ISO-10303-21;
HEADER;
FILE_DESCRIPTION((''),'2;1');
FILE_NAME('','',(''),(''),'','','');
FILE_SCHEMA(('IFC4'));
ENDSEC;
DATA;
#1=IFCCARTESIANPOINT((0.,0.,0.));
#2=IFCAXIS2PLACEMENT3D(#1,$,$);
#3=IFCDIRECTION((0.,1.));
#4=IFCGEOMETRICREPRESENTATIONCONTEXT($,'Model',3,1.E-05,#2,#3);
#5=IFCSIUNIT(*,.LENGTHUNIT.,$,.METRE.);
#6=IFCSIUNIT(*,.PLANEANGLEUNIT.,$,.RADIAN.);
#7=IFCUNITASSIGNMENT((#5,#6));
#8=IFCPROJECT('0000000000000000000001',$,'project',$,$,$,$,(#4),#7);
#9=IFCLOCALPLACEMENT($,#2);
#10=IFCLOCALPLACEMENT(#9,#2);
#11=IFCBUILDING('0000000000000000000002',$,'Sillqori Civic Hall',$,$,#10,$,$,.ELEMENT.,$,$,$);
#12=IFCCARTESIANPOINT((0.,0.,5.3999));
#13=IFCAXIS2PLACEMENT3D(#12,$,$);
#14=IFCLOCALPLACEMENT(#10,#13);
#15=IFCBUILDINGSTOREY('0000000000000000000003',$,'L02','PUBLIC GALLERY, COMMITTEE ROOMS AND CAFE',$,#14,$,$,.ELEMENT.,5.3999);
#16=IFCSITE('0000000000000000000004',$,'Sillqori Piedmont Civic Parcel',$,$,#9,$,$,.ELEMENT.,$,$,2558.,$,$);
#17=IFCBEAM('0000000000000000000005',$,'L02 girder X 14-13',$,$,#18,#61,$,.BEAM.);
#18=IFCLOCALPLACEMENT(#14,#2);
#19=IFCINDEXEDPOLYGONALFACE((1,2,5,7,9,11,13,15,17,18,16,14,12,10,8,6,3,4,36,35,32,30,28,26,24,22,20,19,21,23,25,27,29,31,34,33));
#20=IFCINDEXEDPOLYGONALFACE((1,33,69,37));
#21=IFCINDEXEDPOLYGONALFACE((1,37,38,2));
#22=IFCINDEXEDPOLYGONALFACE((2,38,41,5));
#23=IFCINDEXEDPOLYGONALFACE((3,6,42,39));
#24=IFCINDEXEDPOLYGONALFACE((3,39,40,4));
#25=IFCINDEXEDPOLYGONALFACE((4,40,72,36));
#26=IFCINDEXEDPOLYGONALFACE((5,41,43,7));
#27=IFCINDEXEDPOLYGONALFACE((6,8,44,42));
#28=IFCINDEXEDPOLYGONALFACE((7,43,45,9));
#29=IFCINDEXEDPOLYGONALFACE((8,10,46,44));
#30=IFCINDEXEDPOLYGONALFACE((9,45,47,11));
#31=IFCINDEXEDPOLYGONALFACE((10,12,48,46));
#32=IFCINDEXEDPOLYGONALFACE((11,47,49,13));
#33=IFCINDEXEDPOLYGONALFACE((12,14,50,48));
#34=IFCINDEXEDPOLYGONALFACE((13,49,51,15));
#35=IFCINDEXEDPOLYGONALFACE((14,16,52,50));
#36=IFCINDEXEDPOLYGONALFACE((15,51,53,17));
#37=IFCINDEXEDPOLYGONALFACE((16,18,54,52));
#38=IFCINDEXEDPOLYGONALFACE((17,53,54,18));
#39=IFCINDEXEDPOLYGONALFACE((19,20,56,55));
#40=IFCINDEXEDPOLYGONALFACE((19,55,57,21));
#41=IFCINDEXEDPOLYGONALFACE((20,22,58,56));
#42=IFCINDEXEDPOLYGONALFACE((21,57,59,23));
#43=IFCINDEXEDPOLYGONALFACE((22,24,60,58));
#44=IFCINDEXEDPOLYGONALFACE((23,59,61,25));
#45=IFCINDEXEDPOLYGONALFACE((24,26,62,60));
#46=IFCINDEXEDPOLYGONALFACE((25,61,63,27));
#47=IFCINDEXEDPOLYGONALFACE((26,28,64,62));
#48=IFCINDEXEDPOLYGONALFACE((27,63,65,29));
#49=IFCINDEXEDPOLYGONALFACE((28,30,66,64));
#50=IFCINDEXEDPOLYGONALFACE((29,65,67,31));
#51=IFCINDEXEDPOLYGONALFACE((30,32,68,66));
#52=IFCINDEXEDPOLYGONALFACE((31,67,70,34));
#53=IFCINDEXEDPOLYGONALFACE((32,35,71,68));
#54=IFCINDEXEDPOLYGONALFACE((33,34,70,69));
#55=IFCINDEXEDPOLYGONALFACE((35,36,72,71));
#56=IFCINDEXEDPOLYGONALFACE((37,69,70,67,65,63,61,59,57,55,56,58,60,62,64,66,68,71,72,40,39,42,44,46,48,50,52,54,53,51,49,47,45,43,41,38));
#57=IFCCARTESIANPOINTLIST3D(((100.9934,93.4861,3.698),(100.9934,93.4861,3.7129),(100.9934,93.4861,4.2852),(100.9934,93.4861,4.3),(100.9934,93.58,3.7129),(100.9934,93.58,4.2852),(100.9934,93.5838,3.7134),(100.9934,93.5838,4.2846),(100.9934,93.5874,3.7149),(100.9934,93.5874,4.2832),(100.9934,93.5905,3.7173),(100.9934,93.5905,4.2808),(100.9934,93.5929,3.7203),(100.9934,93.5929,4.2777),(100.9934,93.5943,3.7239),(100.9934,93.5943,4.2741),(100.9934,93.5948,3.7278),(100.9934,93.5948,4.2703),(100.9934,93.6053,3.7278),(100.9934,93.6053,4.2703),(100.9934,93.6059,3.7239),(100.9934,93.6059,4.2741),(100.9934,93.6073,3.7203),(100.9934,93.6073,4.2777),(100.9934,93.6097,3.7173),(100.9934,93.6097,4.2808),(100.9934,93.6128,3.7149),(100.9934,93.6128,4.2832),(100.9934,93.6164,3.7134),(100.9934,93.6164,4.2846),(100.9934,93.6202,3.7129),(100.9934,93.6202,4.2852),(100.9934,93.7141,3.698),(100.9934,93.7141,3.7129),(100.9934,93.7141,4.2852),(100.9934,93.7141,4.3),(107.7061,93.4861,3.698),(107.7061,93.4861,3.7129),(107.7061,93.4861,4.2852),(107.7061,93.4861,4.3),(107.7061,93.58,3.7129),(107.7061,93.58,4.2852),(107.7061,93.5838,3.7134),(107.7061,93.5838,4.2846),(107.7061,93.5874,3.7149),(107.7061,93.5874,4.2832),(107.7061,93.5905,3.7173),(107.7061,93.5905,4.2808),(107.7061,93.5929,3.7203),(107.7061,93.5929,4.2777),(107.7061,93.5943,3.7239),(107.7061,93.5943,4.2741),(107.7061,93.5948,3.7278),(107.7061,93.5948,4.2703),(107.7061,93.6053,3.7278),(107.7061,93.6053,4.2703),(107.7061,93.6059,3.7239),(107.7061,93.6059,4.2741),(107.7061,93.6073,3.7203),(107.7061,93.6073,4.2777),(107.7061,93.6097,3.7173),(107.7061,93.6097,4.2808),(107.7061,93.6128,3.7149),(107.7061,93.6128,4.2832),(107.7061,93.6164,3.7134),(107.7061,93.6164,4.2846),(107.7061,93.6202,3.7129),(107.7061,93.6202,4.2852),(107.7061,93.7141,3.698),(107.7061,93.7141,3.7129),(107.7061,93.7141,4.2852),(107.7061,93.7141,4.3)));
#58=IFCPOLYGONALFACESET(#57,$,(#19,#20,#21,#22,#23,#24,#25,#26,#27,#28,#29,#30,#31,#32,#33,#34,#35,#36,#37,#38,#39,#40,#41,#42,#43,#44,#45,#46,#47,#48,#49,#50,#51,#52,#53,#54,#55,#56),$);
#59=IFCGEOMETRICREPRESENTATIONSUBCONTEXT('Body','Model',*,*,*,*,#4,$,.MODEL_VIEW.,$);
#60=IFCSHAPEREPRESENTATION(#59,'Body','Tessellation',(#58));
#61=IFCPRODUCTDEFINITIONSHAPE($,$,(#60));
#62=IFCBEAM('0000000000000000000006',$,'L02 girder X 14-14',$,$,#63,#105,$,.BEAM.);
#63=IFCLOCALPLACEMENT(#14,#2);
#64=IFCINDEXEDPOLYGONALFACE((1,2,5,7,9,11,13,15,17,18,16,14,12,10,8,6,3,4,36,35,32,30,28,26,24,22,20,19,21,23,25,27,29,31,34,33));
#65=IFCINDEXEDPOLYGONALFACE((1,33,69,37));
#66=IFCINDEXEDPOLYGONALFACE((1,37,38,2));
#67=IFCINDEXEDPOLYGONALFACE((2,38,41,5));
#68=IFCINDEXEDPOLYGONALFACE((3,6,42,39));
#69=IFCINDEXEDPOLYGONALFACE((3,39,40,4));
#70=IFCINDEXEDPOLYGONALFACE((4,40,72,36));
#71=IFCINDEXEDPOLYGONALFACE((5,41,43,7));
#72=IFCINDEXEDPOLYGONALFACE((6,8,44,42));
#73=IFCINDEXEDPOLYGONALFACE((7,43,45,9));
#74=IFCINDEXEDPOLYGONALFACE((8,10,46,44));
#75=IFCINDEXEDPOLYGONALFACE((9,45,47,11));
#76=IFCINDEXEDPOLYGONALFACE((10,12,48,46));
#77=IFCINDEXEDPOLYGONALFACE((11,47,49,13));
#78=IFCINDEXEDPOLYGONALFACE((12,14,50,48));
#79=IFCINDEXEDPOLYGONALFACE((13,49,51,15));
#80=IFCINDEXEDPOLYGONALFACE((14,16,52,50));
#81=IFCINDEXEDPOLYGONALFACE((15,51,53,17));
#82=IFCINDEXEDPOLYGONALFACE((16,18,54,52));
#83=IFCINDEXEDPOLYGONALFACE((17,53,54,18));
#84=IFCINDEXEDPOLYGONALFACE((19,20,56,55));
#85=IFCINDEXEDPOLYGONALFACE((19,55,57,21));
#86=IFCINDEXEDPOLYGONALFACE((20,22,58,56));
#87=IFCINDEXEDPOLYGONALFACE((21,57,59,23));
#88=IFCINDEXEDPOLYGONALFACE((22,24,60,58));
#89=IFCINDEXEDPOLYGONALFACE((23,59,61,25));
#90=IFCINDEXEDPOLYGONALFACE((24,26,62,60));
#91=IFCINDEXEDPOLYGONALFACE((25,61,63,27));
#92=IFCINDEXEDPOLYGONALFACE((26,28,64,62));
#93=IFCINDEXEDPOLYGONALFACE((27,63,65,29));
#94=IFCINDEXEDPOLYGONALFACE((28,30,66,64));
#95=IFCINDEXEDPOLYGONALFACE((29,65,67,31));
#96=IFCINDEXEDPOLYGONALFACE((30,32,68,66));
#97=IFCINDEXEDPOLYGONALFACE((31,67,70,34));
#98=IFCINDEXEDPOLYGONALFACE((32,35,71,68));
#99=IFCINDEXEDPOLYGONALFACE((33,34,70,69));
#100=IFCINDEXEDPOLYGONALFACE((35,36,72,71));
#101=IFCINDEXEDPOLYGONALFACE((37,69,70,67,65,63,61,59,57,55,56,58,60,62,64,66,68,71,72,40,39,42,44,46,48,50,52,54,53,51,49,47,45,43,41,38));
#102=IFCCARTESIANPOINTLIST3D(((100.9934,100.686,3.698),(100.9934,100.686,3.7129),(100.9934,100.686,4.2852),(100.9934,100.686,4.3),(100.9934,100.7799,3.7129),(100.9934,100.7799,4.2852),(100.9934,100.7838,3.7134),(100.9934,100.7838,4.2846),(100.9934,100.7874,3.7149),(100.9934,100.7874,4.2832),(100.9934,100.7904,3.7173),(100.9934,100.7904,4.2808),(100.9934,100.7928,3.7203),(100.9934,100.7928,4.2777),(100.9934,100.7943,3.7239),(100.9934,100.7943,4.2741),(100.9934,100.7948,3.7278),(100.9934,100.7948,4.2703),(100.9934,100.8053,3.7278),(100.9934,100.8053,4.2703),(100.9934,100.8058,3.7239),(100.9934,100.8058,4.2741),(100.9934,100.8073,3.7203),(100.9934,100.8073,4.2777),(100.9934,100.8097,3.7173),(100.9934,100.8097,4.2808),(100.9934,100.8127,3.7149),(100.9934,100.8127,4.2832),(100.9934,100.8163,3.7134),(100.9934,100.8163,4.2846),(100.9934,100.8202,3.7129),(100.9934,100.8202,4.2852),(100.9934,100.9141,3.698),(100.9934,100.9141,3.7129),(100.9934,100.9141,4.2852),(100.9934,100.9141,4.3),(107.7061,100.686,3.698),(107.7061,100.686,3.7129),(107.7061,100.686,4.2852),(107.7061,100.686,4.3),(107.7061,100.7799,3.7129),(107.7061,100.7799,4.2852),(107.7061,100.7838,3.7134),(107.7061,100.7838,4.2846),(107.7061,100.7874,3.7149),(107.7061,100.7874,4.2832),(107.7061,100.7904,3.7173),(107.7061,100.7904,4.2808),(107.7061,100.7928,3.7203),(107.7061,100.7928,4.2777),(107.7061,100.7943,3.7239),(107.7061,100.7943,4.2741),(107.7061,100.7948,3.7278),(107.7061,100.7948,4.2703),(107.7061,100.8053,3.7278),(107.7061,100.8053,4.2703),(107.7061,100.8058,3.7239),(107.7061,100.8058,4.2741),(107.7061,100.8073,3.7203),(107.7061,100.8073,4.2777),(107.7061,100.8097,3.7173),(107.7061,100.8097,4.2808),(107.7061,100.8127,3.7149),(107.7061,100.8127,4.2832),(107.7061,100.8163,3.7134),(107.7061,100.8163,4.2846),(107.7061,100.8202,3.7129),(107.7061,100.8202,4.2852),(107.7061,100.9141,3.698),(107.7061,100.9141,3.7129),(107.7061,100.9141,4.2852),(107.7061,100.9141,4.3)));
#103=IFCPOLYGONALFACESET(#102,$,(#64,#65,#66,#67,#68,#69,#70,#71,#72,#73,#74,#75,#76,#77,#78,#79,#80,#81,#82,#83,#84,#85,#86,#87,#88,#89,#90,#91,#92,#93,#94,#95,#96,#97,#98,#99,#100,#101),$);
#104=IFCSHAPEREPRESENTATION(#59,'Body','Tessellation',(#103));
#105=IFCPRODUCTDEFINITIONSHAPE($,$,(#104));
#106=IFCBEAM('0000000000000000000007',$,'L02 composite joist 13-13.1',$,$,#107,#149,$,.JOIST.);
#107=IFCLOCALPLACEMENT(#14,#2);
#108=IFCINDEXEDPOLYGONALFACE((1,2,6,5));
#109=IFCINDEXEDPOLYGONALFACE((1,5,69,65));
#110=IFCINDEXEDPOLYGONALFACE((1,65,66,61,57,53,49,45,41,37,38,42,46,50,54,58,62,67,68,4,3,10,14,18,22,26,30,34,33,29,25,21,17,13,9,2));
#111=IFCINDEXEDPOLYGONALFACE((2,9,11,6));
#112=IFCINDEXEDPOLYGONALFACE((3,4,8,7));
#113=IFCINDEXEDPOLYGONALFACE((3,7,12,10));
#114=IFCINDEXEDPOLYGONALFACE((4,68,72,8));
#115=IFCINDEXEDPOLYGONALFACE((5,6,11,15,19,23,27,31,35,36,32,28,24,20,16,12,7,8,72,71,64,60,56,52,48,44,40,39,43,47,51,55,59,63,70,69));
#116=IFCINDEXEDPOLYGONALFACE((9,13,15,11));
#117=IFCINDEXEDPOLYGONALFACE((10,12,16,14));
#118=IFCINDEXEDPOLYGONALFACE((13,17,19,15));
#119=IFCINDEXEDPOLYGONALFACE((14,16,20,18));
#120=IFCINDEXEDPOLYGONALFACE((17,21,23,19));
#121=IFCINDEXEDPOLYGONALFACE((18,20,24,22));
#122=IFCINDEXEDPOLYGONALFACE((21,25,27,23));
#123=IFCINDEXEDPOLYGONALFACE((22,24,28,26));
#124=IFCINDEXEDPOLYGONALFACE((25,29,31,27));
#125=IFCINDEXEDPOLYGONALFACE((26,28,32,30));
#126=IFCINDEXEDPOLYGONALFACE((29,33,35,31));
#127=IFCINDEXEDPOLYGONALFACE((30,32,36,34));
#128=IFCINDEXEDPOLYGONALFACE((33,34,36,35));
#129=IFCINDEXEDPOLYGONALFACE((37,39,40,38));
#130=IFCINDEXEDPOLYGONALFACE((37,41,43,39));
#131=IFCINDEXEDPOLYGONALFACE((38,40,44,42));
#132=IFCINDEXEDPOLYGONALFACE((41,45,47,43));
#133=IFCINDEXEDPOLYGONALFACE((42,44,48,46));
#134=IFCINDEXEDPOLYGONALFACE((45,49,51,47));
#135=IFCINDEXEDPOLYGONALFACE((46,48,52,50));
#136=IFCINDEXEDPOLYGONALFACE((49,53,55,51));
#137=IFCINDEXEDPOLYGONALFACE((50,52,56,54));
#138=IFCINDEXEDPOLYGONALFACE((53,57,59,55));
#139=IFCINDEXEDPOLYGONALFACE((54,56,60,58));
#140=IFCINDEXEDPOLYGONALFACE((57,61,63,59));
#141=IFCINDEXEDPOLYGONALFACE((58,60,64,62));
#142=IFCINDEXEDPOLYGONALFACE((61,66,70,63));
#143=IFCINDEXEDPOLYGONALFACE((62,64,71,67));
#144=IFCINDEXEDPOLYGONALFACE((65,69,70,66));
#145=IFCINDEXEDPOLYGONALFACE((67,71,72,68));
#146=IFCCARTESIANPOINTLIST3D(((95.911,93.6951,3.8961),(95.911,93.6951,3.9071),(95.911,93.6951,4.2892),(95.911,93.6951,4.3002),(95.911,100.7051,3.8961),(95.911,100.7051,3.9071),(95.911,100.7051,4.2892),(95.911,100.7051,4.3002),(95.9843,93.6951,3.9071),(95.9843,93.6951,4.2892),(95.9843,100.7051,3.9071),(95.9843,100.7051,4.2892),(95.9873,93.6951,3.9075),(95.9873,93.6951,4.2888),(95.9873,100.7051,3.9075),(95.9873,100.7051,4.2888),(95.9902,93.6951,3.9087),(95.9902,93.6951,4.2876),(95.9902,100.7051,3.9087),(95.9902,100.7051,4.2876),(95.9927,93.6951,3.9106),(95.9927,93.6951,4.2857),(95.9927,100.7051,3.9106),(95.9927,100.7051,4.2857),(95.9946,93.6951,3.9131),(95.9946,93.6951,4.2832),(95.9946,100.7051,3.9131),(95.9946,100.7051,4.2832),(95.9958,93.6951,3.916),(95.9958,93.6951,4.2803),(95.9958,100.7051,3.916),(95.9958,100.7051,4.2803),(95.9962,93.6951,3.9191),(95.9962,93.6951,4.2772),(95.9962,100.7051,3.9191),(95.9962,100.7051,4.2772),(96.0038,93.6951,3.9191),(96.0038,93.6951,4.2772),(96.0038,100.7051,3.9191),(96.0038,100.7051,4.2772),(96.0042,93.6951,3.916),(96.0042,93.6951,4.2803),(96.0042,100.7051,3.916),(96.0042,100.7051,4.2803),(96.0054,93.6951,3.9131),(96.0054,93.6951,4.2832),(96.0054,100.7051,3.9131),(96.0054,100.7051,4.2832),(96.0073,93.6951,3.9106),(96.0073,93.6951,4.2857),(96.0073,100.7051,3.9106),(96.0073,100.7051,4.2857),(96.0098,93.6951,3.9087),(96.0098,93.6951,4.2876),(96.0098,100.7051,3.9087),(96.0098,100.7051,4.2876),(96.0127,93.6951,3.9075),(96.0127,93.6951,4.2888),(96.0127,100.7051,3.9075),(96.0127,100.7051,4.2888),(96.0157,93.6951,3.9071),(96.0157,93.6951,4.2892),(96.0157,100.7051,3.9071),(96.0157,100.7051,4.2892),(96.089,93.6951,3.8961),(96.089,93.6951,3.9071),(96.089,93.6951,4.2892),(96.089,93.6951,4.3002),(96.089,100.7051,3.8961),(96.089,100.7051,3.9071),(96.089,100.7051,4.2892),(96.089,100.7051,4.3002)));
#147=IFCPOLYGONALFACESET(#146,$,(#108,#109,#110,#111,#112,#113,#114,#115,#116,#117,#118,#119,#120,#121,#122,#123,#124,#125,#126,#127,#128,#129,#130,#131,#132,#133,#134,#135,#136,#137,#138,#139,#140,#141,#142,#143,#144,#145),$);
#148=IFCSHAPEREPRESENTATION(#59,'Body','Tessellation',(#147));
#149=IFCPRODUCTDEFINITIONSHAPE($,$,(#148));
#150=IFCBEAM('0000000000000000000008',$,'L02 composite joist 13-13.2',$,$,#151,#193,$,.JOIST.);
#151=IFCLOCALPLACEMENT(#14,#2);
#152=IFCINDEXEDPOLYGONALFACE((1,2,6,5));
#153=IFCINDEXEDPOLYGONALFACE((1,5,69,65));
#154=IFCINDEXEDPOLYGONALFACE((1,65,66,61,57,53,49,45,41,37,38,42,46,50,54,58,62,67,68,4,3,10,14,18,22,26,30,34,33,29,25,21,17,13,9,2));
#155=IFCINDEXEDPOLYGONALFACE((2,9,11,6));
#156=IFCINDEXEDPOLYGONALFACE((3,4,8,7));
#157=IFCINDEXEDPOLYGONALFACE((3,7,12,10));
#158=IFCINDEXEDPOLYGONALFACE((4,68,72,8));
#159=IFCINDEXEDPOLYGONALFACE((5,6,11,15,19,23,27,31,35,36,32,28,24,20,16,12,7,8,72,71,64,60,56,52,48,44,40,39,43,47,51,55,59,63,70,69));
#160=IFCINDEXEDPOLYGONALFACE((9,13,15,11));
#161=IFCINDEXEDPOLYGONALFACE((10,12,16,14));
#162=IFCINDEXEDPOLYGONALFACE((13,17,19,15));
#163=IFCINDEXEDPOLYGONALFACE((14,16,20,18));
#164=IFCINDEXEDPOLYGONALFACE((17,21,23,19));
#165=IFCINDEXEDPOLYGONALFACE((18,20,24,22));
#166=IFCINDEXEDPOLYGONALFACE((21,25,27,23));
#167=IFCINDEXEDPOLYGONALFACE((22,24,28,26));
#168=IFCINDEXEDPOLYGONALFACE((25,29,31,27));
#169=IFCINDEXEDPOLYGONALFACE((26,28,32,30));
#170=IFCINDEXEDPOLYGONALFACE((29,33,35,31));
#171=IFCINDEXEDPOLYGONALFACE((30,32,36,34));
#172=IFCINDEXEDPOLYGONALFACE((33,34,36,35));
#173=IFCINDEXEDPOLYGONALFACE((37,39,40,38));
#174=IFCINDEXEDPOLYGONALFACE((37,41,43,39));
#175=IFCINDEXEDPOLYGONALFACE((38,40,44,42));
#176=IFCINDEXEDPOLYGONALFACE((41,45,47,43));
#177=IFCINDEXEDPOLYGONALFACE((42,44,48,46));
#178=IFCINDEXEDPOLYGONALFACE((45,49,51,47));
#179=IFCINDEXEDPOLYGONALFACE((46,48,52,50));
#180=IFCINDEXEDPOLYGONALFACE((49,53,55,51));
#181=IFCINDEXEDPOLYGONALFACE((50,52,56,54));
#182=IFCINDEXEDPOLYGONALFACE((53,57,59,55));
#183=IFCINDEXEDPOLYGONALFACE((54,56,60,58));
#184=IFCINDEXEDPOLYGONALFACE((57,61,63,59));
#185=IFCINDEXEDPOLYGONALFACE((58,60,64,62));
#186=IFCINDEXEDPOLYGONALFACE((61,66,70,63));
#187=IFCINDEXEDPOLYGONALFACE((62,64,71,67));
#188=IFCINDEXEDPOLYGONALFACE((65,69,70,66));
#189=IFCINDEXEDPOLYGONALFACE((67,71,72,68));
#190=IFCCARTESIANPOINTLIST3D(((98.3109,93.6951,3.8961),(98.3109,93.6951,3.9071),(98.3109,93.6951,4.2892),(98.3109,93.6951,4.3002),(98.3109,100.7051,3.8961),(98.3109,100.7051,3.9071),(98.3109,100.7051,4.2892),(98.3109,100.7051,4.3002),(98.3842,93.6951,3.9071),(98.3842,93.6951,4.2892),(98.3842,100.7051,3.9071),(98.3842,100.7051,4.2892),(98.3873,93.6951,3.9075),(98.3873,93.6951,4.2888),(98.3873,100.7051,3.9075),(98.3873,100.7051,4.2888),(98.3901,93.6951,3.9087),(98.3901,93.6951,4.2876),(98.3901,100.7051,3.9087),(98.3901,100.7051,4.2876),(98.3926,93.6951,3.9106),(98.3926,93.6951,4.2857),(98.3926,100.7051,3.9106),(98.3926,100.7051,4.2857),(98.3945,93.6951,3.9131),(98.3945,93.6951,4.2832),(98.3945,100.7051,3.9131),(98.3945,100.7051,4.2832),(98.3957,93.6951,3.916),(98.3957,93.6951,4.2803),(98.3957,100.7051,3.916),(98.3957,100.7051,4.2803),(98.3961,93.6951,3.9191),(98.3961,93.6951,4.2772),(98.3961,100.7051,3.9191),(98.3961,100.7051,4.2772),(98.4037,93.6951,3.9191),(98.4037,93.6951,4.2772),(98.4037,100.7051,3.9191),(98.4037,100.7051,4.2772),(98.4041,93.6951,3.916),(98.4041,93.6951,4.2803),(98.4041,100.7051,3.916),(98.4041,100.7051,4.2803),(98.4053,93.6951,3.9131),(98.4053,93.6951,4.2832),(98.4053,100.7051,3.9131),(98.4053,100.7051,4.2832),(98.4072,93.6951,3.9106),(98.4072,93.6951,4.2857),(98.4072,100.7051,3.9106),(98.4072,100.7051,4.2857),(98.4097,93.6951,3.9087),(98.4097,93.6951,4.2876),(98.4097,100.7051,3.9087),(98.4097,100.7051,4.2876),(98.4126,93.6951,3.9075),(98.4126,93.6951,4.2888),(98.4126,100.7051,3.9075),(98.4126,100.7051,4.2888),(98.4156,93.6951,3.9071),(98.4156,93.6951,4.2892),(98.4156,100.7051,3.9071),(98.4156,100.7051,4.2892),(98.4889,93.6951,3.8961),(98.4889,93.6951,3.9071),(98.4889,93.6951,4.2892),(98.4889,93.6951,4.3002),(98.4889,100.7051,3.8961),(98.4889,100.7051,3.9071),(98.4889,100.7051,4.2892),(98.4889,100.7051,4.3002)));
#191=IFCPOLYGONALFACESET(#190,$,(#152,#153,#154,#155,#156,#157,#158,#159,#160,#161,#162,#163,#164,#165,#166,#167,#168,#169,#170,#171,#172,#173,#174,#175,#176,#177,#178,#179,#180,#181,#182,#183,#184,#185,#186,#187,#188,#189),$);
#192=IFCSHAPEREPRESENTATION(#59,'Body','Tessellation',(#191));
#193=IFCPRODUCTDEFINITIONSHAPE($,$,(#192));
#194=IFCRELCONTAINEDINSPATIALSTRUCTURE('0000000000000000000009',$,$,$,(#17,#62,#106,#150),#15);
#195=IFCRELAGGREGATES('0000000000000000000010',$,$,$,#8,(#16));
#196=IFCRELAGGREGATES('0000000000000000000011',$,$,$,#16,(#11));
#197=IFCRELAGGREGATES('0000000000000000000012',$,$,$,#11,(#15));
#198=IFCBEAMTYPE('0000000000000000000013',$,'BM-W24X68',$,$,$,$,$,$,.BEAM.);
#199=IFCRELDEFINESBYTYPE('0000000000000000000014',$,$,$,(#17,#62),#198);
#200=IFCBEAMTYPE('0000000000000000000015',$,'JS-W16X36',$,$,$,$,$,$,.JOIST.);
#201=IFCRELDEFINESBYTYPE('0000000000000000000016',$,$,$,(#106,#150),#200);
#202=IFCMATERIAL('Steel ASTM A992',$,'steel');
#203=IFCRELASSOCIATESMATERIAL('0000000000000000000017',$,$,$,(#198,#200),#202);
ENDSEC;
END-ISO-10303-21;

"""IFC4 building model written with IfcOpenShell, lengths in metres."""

from ifc_helpers import new_model, si_unit, direction, frame, origin, origin_2d, place, context, subcontext, project, spatial, i_section, extrude, material, material_profile, profile_set, type_object, element, save


model = new_model("IFC4")

# Units and contexts
model_context = context("Model", 3, precision=1e-05, world=origin(), true_north=direction((0.0, 1.0)))
body_context = subcontext(model_context, "Body", "Model", "MODEL_VIEW")
ifc_project = project(units=[si_unit("LENGTHUNIT", "METRE"), si_unit("PLANEANGLEUNIT", "RADIAN")], contexts=[model_context])

# Site, building, storey
site_placement = place(None, origin())
site = spatial("IfcSite", under=ifc_project, at=site_placement, Name="Sillqori Piedmont Civic Parcel", CompositionType="ELEMENT", RefElevation=2558.0)
building_placement = place(site_placement, origin())
building = spatial("IfcBuilding", under=site, at=building_placement, Name="Sillqori Civic Hall", CompositionType="ELEMENT")
storey_placement = place(building_placement, frame((0.0, 0.0, 5.3999)))
storey = spatial("IfcBuildingStorey", under=building, at=storey_placement, Name="L02", Description="PUBLIC GALLERY, COMMITTEE ROOMS AND CAFE", CompositionType="ELEMENT", Elevation=5.3999)

# Shared definitions
ifc_material_1 = material(Name="Steel ASTM A992", Category="steel")

# Beams
ifc_material_profile_1 = material_profile(ifc_material_1, i_section(OverallWidth=0.228, OverallDepth=0.6021, WebThickness=0.0105, FlangeThickness=0.0149, FilletRadius=0.0149, at=origin_2d()), Name="W24X68")
ifc_profile_set_1 = profile_set([ifc_material_profile_1], Name="Steel ASTM A992")
beam_type_1 = type_object("IfcBeamType", Name="BM-W24X68", PredefinedType="BEAM", material=ifc_profile_set_1)
for number, where, z_axis, x_axis, name in (
    (1, (100.9934, 93.6001, 3.999), (1.0, 0.0, 0.0), (0.0, 1.0, 0.0), "L02 girder X 14-13"),
    (2, (100.9934, 100.8, 3.999), (1.0, 0.0, 0.0), (0.0, 1.0, 0.0), "L02 girder X 14-14"),
):
    element("IfcBeam", number, at=place(storey_placement, frame(where, z_axis=z_axis, x_axis=x_axis)), inside=storey, type_object=beam_type_1, Name=name, PredefinedType="BEAM", context=body_context, shape_type="SweptSolid", body=[
        extrude(i_section(OverallWidth=0.228, OverallDepth=0.6021, WebThickness=0.0105, FlangeThickness=0.0149, FilletRadius=0.0149, at=origin_2d()), origin(), (0.0, 0.0, 1.0), 6.7126),
    ])
ifc_material_profile_2 = material_profile(ifc_material_1, i_section(OverallWidth=0.178, OverallDepth=0.4041, WebThickness=0.0076, FlangeThickness=0.011, FilletRadius=0.012, at=origin_2d()), Name="W16X36")
ifc_profile_set_2 = profile_set([ifc_material_profile_2], Name="Steel ASTM A992")
beam_type_2 = type_object("IfcBeamType", Name="JS-W16X36", PredefinedType="JOIST", material=ifc_profile_set_2)
for number, where, z_axis, x_axis, name in (
    (3, (96.0, 93.6951, 4.0981), (0.0, 1.0, 0.0), (-1.0, 0.0, 0.0), "L02 composite joist 13-13.1"),
    (4, (98.3999, 93.6951, 4.0981), (0.0, 1.0, 0.0), (-1.0, 0.0, 0.0), "L02 composite joist 13-13.2"),
):
    element("IfcBeam", number, at=place(storey_placement, frame(where, z_axis=z_axis, x_axis=x_axis)), inside=storey, type_object=beam_type_2, Name=name, PredefinedType="JOIST", context=body_context, shape_type="SweptSolid", body=[
        extrude(i_section(OverallWidth=0.178, OverallDepth=0.4041, WebThickness=0.0076, FlangeThickness=0.011, FilletRadius=0.012, at=origin_2d()), origin(), (0.0, 0.0, 1.0), 7.01),
    ])

save(model, "model.ifc")
